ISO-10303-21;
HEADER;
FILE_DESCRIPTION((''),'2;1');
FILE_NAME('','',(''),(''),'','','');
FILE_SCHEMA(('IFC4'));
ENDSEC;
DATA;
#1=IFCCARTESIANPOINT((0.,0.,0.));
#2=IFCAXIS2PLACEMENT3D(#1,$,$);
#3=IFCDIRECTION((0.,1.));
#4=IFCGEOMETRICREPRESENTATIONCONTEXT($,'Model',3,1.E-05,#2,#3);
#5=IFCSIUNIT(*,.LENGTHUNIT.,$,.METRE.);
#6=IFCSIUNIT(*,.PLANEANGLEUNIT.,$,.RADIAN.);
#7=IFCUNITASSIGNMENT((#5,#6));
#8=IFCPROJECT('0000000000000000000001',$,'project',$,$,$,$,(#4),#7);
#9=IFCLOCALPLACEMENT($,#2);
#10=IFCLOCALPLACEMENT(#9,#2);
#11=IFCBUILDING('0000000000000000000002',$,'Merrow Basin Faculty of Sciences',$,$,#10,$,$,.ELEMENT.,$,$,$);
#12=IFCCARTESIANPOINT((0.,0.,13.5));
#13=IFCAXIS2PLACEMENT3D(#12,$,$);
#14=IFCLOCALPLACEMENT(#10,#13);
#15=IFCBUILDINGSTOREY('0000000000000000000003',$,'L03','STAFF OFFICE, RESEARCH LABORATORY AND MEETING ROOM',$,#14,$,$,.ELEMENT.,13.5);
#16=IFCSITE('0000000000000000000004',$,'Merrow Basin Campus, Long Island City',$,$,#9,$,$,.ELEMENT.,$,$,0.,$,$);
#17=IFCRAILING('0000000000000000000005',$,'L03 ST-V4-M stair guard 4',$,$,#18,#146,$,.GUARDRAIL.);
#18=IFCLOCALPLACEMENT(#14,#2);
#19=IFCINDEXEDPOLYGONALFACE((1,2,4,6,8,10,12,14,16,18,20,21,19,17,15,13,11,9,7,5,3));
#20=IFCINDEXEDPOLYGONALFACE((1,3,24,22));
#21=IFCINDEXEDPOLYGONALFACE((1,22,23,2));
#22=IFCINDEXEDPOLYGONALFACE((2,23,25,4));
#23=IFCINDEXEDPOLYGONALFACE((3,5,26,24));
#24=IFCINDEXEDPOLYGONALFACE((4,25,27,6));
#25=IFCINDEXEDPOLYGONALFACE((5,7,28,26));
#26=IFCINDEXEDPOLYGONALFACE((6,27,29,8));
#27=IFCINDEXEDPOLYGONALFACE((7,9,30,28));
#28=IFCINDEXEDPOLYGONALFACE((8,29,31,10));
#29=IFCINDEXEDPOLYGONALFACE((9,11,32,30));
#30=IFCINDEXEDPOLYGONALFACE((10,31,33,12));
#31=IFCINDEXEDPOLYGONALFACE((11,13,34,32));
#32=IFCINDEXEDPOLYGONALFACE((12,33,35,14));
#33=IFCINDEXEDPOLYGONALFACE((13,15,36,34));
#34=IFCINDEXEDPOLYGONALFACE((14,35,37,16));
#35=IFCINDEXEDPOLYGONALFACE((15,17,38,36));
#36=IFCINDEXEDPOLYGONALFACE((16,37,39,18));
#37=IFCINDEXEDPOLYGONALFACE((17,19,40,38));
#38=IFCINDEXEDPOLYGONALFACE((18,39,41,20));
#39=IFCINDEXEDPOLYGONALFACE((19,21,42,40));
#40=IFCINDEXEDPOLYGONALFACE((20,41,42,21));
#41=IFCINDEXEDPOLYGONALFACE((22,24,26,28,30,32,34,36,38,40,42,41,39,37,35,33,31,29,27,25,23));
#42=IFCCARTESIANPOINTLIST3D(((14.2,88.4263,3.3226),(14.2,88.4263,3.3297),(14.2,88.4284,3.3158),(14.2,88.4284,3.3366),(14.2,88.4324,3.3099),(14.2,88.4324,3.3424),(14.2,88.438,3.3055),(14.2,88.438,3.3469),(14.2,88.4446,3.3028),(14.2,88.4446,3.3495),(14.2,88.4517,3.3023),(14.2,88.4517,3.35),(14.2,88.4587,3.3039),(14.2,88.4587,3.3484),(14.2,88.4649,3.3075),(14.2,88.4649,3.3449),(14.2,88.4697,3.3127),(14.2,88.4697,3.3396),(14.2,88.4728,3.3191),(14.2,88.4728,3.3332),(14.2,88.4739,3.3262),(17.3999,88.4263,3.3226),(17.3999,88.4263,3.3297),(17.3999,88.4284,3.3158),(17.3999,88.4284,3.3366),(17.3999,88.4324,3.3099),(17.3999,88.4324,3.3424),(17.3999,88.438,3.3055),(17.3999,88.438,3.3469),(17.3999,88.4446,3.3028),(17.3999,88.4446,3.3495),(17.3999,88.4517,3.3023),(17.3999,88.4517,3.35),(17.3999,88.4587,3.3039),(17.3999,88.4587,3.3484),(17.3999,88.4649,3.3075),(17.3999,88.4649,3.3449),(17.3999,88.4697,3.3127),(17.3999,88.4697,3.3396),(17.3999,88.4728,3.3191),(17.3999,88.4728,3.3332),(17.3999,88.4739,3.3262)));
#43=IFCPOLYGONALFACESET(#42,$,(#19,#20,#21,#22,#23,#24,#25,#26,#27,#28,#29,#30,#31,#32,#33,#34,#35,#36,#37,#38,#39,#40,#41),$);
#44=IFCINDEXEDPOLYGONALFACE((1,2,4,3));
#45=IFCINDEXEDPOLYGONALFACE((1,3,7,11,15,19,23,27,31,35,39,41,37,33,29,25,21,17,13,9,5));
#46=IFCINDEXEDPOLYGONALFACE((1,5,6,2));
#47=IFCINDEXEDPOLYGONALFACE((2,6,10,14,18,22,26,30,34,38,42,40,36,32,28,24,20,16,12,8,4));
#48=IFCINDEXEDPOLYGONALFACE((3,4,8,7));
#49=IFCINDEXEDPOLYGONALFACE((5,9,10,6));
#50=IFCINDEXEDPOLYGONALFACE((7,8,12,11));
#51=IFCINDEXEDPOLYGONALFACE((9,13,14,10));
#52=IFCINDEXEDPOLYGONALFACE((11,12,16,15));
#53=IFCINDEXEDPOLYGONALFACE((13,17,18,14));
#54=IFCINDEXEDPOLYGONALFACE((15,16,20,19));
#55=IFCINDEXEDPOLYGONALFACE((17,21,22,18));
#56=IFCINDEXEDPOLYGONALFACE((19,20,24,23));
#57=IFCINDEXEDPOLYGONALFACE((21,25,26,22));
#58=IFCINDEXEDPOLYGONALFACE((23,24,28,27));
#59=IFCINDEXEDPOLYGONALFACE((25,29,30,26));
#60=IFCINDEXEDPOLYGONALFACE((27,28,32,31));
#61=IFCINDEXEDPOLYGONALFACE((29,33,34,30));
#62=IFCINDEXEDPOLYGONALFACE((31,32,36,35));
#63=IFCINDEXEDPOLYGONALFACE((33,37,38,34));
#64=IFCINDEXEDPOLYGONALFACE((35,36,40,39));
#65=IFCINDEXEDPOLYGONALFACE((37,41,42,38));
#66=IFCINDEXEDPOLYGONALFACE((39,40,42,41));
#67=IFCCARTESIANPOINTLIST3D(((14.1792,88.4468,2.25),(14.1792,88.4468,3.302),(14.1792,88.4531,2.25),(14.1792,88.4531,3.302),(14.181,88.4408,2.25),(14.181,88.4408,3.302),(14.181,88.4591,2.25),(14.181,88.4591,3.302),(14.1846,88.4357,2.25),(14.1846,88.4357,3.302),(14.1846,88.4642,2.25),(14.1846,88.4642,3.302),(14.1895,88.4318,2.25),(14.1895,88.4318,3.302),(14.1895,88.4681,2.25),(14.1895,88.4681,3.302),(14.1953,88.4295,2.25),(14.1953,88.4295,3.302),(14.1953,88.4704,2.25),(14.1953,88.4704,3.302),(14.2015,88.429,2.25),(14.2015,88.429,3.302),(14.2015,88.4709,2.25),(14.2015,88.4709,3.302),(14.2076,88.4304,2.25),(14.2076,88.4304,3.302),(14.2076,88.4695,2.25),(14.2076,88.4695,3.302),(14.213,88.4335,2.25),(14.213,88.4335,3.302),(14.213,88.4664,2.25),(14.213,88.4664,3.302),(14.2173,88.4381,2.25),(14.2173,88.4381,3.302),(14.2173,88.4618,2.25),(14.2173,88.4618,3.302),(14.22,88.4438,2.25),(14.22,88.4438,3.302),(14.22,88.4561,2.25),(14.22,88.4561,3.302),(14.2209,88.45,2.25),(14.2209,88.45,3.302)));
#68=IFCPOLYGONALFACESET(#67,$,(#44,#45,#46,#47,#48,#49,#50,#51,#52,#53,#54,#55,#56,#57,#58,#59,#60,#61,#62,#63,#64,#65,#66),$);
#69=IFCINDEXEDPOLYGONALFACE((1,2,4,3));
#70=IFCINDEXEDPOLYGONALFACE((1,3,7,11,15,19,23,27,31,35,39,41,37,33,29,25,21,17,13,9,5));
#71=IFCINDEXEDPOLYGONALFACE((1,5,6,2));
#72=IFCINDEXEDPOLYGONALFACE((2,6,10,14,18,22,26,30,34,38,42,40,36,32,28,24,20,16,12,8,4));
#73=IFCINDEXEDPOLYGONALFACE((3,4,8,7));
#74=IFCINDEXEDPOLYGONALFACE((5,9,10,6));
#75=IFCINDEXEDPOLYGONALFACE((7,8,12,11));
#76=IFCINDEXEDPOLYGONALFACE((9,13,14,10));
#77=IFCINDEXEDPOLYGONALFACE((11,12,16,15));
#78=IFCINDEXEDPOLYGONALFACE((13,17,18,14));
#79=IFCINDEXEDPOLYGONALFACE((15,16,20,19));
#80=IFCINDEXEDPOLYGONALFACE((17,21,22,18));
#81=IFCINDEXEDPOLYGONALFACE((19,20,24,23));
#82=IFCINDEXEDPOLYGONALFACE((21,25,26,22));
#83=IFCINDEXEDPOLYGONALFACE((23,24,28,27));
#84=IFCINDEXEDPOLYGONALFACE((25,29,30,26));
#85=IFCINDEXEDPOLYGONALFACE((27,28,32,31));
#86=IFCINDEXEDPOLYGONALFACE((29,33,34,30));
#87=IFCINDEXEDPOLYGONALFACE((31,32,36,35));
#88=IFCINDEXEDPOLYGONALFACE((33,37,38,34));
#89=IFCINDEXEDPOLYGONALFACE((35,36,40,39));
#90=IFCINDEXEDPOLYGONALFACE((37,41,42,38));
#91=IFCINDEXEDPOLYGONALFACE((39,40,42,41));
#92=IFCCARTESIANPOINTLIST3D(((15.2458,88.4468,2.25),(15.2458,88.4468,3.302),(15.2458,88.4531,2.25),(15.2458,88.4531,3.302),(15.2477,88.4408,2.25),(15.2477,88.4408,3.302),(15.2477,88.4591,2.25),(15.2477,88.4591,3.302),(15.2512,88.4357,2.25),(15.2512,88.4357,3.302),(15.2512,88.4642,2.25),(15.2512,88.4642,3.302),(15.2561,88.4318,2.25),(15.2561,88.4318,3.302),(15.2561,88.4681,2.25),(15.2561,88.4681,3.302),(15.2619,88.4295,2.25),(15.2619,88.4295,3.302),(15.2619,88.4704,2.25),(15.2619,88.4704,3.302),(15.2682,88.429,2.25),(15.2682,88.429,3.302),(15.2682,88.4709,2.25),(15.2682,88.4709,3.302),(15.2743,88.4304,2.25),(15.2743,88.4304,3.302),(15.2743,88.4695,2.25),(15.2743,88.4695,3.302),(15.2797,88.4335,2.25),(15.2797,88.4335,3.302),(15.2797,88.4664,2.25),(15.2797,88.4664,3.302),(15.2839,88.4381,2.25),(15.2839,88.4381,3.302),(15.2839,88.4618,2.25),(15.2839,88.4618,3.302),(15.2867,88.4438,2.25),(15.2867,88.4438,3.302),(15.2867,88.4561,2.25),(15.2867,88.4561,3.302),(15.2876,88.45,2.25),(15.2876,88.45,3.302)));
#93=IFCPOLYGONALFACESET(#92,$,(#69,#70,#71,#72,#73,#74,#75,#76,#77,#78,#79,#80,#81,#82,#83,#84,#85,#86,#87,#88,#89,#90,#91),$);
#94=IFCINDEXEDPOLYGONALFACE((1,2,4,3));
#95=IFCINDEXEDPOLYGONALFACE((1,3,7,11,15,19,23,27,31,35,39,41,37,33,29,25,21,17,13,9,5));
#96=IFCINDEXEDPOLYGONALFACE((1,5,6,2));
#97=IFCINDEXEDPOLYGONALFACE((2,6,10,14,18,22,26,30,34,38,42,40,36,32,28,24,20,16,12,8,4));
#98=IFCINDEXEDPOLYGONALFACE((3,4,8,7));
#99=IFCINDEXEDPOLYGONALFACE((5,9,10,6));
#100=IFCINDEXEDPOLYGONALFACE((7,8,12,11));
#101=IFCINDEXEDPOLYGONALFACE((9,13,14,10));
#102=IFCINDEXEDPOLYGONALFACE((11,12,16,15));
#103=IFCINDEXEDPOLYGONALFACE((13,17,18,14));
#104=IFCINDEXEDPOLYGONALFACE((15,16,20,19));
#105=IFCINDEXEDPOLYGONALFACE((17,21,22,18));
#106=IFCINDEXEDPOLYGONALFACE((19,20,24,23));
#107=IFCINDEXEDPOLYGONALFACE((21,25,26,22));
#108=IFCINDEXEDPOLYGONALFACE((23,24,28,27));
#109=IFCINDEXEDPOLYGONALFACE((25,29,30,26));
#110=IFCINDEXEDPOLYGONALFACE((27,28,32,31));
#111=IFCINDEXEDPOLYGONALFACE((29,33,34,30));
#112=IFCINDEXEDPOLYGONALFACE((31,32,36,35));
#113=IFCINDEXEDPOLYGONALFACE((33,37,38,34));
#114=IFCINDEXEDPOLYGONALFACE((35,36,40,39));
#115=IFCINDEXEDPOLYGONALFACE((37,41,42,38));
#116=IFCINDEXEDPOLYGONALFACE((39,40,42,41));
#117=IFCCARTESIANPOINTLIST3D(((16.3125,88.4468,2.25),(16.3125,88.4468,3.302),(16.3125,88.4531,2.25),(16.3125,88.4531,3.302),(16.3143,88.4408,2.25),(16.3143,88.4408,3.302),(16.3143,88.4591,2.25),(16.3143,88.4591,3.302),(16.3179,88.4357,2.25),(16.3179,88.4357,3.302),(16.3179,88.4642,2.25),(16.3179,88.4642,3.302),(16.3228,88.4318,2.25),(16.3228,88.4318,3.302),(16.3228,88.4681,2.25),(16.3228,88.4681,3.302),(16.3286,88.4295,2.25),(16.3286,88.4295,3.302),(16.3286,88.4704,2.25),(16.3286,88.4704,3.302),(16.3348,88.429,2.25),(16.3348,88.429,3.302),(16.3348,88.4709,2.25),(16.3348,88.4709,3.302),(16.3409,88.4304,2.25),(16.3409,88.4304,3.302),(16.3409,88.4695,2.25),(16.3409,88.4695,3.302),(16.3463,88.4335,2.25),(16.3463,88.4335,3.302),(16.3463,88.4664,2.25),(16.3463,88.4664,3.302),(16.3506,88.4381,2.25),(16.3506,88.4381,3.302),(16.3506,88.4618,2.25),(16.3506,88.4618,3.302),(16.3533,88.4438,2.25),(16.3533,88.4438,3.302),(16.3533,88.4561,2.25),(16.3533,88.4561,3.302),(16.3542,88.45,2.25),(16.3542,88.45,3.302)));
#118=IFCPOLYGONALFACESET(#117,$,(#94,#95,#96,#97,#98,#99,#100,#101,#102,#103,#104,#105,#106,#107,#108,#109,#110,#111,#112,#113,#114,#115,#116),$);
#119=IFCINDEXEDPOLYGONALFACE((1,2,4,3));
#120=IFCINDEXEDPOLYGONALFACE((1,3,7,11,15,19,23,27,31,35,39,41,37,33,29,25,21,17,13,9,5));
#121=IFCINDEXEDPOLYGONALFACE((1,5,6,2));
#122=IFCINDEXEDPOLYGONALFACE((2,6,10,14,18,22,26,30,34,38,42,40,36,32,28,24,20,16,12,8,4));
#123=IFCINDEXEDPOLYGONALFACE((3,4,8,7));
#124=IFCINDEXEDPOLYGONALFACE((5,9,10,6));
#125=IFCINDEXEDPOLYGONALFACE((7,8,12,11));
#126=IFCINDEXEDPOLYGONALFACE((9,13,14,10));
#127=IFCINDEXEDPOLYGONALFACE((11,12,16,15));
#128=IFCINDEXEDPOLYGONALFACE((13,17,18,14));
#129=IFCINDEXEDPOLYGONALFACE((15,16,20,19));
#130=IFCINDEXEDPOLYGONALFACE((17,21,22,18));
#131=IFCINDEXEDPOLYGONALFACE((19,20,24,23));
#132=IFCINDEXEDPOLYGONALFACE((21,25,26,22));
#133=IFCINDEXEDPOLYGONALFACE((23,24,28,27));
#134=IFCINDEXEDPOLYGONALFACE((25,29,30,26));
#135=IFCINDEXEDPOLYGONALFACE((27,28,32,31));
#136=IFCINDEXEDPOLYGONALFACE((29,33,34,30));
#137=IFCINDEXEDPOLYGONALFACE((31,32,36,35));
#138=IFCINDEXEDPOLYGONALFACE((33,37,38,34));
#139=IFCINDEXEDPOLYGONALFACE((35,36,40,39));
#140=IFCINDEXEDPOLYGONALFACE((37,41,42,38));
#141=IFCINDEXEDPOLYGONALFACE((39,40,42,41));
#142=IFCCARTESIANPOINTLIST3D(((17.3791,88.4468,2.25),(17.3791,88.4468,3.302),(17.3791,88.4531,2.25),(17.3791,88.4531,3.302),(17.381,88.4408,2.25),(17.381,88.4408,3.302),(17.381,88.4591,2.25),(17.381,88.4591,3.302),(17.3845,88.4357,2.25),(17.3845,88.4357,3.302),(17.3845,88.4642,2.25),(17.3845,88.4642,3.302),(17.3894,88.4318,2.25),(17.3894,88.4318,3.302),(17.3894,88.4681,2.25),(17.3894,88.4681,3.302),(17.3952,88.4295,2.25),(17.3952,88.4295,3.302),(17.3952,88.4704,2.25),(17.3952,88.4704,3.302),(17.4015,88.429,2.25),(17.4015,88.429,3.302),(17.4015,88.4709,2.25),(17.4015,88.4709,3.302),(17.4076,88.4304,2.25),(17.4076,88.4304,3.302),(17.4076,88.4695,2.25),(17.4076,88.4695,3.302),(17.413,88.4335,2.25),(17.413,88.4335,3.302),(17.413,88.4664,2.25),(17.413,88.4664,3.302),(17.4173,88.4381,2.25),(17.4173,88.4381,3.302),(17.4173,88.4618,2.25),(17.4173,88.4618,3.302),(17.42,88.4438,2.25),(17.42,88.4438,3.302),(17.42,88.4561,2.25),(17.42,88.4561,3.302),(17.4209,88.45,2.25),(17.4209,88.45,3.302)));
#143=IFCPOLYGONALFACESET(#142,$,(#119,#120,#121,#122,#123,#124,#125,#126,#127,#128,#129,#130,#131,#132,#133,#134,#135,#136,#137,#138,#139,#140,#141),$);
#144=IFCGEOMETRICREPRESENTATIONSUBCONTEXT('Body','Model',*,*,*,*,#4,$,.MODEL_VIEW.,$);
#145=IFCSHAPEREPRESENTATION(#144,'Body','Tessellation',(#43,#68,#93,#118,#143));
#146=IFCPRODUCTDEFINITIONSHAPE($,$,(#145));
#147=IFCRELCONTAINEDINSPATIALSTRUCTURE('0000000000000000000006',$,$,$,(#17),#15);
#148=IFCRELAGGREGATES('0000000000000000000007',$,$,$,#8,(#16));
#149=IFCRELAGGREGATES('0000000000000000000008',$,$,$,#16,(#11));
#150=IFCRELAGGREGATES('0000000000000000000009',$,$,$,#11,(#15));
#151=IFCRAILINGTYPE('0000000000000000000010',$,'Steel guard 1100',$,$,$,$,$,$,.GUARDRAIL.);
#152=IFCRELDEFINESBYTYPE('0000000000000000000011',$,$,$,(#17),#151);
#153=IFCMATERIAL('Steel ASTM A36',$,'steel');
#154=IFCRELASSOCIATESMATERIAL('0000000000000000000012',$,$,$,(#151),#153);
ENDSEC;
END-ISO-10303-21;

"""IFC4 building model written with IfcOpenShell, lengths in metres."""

from ifc_helpers import new_model, si_unit, direction, frame, origin, origin_2d, place, context, subcontext, project, spatial, circle, extrude, material, type_object, element, save


model = new_model("IFC4")

# Units and contexts
model_context = context("Model", 3, precision=1e-05, world=origin(), true_north=direction((0.0, 1.0)))
body_context = subcontext(model_context, "Body", "Model", "MODEL_VIEW")
ifc_project = project(units=[si_unit("LENGTHUNIT", "METRE"), si_unit("PLANEANGLEUNIT", "RADIAN")], contexts=[model_context])

# Site, building, storey
site_placement = place(None, origin())
site = spatial("IfcSite", under=ifc_project, at=site_placement, Name="Merrow Basin Campus, Long Island City", CompositionType="ELEMENT", RefElevation=0.0)
building_placement = place(site_placement, origin())
building = spatial("IfcBuilding", under=site, at=building_placement, Name="Merrow Basin Faculty of Sciences", CompositionType="ELEMENT")
storey_placement = place(building_placement, frame((0.0, 0.0, 13.5)))
storey = spatial("IfcBuildingStorey", under=building, at=storey_placement, Name="L03", Description="STAFF OFFICE, RESEARCH LABORATORY AND MEETING ROOM", CompositionType="ELEMENT", Elevation=13.5)

# Railing
ifc_material_1 = material(Name="Steel ASTM A36", Category="steel")
railing_type_1 = type_object("IfcRailingType", Name="Steel guard 1100", PredefinedType="GUARDRAIL", material=ifc_material_1)
railing_1_placement = place(storey_placement, frame((14.2, 88.45, 2.25)))
element("IfcRailing", 1, at=railing_1_placement, inside=storey, type_object=railing_type_1, Name="L03 ST-V4-M stair guard 4", PredefinedType="GUARDRAIL", context=body_context, shape_type="SweptSolid", body=[
    extrude(circle(Radius=0.0239, at=origin_2d()), frame((0.0, 0.0, 1.0762), z_axis=(1.0, 0.0, 0.0), x_axis=(0.0, 1.0, 0.0)), (0.0, 0.0, 1.0), 3.2),
    extrude(circle(Radius=0.021, at=origin_2d()), origin(), (0.0, 0.0, 1.0), 1.052),
    extrude(circle(Radius=0.021, at=origin_2d()), frame((1.0667, 0.0, 0.0)), (0.0, 0.0, 1.0), 1.052),
    extrude(circle(Radius=0.021, at=origin_2d()), frame((2.1333, 0.0, 0.0)), (0.0, 0.0, 1.0), 1.052),
    extrude(circle(Radius=0.021, at=origin_2d()), frame((3.2, 0.0, 0.0)), (0.0, 0.0, 1.0), 1.052),
])

save(model, "model.ifc")
